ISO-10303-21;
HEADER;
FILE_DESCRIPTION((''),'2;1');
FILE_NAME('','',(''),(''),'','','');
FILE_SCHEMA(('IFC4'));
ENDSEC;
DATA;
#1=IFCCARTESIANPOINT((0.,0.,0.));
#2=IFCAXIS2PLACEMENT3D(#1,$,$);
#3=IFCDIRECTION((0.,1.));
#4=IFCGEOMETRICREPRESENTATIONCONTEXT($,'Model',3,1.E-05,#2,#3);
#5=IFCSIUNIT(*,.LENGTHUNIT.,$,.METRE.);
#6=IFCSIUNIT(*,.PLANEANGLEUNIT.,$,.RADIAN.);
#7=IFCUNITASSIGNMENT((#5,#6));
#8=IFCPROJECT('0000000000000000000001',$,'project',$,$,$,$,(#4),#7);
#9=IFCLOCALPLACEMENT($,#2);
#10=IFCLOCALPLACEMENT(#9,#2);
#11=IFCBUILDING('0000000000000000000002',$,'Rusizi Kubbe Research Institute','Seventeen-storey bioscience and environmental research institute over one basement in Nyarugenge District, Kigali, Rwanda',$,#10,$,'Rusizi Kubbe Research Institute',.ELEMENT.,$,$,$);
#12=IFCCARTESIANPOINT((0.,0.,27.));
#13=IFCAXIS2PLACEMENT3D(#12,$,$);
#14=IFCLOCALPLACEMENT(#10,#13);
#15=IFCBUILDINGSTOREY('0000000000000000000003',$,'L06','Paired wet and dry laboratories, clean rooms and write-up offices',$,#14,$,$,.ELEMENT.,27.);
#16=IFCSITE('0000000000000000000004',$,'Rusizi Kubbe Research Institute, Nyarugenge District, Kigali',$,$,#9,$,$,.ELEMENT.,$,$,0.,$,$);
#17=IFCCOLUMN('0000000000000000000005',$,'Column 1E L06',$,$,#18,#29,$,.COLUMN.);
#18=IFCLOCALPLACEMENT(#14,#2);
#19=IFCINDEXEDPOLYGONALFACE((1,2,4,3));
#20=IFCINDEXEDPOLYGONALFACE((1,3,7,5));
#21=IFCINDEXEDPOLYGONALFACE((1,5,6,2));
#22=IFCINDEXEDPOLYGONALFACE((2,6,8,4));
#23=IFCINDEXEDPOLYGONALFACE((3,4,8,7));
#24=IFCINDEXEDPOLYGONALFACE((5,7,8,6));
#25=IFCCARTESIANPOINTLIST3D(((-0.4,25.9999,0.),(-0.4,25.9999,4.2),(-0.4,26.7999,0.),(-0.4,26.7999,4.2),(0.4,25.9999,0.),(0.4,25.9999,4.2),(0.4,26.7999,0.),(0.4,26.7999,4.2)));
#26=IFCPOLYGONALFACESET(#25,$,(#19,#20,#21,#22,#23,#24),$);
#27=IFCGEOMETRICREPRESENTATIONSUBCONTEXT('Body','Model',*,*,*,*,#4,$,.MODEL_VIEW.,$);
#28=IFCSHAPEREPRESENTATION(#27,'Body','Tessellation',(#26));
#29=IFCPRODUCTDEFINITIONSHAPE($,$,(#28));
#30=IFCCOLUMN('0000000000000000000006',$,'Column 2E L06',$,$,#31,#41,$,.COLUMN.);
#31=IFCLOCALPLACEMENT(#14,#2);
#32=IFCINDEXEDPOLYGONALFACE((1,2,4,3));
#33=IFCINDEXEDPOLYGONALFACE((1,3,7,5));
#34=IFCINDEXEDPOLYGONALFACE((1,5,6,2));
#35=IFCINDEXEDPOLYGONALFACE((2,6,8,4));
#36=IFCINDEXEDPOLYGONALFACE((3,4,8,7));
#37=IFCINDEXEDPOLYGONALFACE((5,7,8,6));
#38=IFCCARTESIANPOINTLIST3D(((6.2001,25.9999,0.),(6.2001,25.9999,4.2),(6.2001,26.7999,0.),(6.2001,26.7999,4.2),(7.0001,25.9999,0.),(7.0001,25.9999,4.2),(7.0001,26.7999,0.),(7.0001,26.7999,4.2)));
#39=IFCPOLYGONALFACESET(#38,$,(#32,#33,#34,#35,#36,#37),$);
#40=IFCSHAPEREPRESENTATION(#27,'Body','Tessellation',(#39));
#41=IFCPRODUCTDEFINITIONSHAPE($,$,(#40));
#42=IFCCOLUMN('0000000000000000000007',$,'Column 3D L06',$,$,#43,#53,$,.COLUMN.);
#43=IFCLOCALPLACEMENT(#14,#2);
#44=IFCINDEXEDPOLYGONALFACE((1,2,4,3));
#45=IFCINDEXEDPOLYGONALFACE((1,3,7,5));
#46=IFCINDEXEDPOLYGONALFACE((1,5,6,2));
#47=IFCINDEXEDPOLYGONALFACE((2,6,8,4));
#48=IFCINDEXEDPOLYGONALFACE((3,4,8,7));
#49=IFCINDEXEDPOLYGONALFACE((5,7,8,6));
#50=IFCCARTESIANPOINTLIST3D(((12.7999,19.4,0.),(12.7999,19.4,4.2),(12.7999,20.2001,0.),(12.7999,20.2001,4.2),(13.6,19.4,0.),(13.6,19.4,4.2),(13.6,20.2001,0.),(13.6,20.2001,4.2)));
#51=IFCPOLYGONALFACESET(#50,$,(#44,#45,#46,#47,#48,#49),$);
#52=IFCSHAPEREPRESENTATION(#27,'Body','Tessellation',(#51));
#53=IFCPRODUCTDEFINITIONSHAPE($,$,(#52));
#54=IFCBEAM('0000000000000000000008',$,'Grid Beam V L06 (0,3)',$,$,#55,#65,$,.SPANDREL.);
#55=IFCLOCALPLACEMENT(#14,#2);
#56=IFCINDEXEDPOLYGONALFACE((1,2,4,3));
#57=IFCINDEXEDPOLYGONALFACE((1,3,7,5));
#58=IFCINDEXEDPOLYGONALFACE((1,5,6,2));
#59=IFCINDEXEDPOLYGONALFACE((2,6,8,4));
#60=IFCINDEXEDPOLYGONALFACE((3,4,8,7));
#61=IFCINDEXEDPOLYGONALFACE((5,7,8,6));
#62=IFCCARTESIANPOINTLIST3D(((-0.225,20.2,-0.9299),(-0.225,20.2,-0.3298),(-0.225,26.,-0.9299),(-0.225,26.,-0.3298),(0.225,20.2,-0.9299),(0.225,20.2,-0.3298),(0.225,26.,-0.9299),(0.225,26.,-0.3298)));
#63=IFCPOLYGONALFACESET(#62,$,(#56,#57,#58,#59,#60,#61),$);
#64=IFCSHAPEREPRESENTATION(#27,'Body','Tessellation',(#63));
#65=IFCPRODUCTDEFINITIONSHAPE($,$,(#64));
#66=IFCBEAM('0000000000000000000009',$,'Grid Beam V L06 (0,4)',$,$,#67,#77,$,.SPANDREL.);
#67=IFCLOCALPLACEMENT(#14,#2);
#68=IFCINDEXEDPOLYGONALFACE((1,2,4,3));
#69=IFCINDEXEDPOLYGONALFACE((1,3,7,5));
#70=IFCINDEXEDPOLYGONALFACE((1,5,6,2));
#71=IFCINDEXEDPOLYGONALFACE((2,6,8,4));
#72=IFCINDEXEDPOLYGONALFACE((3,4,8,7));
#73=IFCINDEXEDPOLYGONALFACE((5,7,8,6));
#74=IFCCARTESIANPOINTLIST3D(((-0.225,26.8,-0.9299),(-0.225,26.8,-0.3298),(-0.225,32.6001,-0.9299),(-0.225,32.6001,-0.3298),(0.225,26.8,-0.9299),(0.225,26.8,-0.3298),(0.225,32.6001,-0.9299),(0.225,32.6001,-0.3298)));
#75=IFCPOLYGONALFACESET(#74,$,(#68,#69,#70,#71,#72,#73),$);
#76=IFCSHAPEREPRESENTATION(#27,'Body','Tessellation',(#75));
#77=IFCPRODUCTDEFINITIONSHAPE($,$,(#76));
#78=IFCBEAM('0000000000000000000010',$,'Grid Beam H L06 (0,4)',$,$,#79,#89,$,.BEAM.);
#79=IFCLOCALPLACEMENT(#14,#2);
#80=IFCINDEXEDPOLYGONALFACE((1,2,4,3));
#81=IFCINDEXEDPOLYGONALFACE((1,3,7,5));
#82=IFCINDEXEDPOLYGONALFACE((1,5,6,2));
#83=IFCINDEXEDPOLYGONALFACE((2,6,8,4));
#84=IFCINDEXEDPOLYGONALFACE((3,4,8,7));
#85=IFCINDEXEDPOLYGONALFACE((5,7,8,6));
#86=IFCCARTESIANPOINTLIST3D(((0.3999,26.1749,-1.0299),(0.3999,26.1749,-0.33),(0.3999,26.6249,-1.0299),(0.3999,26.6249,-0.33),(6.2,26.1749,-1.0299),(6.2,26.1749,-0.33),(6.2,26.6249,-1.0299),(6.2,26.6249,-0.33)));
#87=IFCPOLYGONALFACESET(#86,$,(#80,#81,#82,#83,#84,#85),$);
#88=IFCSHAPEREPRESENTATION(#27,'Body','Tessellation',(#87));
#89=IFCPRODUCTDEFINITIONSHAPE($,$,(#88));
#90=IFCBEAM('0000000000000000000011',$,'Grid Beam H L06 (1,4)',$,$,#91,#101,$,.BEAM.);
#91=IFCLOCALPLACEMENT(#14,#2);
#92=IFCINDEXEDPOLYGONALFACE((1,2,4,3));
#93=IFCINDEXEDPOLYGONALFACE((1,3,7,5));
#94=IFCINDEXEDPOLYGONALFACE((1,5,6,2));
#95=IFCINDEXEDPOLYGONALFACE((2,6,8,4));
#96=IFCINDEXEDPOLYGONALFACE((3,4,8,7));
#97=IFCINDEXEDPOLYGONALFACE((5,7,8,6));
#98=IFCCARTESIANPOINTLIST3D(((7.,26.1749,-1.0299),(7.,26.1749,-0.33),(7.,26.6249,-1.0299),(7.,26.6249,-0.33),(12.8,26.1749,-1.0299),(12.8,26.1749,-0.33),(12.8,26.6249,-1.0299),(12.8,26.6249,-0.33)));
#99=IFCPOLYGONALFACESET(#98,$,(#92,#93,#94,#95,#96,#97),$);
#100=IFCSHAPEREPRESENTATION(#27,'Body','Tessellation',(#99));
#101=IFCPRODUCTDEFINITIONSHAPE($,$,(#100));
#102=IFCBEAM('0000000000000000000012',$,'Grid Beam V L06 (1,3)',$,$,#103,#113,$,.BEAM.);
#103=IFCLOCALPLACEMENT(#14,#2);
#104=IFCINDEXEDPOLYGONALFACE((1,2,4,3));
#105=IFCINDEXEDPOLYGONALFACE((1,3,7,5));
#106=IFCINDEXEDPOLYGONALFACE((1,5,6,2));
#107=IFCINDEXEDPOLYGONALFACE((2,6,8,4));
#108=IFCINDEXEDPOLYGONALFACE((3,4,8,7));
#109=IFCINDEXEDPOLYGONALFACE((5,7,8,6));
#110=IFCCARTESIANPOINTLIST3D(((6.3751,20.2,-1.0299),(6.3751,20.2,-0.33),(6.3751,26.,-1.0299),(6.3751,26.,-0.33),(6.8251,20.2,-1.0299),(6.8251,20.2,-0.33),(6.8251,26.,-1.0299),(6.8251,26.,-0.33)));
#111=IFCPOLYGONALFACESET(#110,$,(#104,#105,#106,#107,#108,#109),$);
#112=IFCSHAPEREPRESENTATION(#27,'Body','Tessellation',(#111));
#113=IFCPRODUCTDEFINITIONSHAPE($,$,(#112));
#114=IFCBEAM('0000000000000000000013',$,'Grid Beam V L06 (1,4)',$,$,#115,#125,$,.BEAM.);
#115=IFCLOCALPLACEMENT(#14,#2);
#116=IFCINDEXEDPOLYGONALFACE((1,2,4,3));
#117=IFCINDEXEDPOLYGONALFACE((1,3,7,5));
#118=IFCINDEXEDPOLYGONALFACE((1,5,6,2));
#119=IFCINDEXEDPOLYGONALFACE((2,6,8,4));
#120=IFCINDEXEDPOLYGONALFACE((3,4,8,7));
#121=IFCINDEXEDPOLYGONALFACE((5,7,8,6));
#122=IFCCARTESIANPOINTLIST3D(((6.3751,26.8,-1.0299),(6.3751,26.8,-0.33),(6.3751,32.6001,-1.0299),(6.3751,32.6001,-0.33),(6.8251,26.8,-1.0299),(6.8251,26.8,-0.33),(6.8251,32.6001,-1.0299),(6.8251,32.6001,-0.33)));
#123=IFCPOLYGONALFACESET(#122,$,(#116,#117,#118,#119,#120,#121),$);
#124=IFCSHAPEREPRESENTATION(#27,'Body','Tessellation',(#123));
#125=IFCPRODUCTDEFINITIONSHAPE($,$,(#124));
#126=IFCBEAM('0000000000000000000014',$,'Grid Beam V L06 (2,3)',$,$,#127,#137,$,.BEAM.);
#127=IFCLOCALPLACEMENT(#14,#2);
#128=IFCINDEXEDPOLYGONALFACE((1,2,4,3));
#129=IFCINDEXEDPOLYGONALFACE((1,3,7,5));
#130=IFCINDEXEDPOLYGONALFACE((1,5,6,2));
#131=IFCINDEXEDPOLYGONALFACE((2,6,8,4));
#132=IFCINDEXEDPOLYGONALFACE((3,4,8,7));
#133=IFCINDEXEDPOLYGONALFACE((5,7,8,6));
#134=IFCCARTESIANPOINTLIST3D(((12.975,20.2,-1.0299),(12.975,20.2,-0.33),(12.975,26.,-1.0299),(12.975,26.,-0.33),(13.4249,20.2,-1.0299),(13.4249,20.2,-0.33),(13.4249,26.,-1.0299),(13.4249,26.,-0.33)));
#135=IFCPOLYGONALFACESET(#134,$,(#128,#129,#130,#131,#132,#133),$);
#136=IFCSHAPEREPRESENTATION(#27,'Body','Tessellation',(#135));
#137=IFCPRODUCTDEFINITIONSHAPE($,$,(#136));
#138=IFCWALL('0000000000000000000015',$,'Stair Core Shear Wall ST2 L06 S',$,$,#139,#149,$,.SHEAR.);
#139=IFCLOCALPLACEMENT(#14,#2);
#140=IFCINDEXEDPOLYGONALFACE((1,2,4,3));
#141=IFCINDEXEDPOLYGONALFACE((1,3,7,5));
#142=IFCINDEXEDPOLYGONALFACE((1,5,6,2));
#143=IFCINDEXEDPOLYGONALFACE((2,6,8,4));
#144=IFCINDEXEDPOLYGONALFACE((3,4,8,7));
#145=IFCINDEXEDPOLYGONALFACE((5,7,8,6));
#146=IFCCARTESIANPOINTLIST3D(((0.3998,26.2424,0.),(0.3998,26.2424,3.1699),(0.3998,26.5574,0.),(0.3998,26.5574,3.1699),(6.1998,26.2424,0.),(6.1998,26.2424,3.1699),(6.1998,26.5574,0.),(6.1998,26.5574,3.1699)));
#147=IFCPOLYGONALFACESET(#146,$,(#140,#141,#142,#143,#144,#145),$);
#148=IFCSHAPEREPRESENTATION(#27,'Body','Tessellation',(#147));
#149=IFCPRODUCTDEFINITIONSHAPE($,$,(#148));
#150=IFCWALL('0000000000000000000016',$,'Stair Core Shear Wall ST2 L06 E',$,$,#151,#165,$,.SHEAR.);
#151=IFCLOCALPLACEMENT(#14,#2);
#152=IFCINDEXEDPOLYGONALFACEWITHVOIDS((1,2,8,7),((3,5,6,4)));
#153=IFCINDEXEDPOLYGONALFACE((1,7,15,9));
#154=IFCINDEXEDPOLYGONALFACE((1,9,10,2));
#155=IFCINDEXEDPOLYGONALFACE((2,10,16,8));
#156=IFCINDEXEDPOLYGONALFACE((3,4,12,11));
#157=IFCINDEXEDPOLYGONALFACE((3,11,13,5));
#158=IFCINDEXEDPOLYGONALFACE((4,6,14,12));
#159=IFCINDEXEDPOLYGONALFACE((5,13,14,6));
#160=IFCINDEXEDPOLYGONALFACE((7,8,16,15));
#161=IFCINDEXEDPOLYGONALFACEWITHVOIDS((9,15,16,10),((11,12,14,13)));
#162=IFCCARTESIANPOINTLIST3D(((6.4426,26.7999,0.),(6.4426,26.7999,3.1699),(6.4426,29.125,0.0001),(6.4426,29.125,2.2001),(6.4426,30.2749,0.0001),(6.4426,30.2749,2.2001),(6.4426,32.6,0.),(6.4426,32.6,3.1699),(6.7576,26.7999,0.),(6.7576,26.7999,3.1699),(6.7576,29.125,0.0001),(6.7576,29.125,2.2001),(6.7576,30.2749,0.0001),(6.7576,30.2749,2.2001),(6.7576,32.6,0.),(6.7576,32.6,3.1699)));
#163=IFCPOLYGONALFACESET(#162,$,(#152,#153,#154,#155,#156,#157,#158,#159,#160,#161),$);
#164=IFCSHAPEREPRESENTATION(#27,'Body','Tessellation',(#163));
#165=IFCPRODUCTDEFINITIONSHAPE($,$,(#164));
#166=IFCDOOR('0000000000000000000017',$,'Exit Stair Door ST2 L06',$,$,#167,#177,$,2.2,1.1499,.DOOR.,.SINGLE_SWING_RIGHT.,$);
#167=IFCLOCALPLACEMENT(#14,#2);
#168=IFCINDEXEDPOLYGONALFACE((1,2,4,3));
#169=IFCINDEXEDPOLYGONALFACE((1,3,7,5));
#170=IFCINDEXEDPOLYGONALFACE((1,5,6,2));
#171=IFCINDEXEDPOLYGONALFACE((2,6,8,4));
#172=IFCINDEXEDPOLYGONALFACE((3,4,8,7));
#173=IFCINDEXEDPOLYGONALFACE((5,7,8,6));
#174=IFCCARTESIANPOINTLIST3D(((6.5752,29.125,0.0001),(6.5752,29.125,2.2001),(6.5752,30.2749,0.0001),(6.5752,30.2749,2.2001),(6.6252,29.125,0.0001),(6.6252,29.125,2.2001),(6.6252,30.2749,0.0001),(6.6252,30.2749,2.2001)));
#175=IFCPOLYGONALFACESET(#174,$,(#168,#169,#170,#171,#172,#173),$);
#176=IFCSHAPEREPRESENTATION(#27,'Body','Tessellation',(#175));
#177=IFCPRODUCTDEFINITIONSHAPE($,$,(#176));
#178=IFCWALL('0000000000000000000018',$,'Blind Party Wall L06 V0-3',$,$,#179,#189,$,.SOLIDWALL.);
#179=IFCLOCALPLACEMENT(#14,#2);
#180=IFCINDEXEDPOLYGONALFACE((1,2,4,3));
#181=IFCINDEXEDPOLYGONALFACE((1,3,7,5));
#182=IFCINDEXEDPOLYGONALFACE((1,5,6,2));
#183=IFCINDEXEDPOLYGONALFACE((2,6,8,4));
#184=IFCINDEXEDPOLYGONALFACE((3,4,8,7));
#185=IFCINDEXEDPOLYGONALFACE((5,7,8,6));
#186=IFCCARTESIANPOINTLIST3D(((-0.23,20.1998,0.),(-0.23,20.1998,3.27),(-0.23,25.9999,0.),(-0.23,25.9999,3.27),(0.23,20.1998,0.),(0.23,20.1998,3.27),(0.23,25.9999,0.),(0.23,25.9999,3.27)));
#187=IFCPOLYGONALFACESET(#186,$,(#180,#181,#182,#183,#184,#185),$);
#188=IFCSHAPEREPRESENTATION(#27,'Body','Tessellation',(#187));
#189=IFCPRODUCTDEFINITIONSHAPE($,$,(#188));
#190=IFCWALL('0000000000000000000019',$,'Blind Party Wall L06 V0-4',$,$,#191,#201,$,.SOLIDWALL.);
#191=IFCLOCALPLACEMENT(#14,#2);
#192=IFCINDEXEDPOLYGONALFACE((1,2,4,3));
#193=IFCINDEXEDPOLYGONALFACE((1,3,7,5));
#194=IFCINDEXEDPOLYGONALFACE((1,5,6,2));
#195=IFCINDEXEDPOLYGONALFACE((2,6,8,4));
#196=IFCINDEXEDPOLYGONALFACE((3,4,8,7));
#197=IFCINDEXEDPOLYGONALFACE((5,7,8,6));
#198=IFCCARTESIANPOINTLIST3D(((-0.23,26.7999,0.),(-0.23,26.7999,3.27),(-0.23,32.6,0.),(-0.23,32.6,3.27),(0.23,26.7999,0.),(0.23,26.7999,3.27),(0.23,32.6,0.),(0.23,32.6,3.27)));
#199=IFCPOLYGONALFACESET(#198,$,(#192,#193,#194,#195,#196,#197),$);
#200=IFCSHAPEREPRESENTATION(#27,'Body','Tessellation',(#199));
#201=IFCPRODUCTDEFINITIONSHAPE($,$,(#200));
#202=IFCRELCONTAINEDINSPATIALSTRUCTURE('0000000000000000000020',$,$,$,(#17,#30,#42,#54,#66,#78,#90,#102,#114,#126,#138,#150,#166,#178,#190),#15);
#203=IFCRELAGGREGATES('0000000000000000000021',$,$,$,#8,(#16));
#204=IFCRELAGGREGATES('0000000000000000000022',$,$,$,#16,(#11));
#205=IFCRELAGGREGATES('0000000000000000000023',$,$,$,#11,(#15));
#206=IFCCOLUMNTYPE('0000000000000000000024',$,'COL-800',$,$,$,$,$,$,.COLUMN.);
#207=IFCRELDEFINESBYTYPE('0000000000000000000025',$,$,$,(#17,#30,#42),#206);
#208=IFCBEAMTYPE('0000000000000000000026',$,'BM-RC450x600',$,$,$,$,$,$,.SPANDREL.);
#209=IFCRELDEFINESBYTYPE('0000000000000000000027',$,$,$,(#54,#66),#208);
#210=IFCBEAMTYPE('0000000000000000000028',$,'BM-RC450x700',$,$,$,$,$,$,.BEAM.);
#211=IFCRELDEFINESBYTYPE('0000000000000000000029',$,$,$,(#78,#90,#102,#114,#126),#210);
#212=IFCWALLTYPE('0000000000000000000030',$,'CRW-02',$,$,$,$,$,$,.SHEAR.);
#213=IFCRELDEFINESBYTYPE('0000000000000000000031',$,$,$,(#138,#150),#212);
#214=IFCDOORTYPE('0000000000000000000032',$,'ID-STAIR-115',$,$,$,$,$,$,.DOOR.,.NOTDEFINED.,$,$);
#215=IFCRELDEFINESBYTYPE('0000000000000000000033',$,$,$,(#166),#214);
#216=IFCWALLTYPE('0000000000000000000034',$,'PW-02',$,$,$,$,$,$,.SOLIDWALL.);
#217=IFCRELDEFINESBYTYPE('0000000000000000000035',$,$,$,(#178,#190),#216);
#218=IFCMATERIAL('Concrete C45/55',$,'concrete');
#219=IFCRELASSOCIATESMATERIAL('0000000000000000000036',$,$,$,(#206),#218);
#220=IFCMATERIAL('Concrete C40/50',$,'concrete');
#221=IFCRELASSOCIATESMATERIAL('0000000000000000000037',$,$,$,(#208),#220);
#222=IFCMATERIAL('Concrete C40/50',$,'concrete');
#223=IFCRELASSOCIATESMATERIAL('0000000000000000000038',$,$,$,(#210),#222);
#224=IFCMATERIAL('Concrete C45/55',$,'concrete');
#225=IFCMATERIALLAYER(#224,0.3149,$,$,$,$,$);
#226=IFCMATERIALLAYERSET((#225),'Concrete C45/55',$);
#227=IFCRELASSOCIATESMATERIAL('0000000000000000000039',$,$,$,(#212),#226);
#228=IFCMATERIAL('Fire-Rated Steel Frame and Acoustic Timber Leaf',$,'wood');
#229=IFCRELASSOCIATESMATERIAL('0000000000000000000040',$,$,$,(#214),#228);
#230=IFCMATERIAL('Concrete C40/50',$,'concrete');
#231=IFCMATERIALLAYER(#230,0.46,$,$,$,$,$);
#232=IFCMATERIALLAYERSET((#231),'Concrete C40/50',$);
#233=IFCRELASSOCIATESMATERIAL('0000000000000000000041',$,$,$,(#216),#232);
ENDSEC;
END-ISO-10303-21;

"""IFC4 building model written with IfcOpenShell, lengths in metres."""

from ifc_helpers import new_model, si_unit, direction, frame, frame_2d, origin, origin_2d, place, context, subcontext, project, spatial, rectangle, extrude, material, layer, layer_set, material_profile, profile_set, type_object, element, fill, save


model = new_model("IFC4")

# Units and contexts
model_context = context("Model", 3, precision=1e-05, world=origin(), true_north=direction((0.0, 1.0)))
body_context = subcontext(model_context, "Body", "Model", "MODEL_VIEW")
ifc_project = project(units=[si_unit("LENGTHUNIT", "METRE"), si_unit("PLANEANGLEUNIT", "RADIAN")], contexts=[model_context])

# Site, building, storey
site_placement = place(None, origin())
site = spatial("IfcSite", under=ifc_project, at=site_placement, Name="Rusizi Kubbe Research Institute, Nyarugenge District, Kigali", CompositionType="ELEMENT", RefElevation=0.0)
building_placement = place(site_placement, origin())
building = spatial("IfcBuilding", under=site, at=building_placement, Name="Rusizi Kubbe Research Institute", Description="Seventeen-storey bioscience and environmental research institute over one basement in Nyarugenge District, Kigali, Rwanda", LongName="Rusizi Kubbe Research Institute", CompositionType="ELEMENT")
storey_placement = place(building_placement, frame((0.0, 0.0, 27.0)))
storey = spatial("IfcBuildingStorey", under=building, at=storey_placement, Name="L06", Description="Paired wet and dry laboratories, clean rooms and write-up offices", CompositionType="ELEMENT", Elevation=27.0)

# Columns
ifc_material_1 = material(Name="Concrete C45/55", Category="concrete")
ifc_material_profile_1 = material_profile(ifc_material_1, rectangle(XDim=0.8, YDim=0.8, at=origin_2d()), Name="RC800x800")
ifc_profile_set_1 = profile_set([ifc_material_profile_1], Name="Concrete C45/55")
column_type = type_object("IfcColumnType", Name="COL-800", PredefinedType="COLUMN", material=ifc_profile_set_1)
for number, where, z_axis, x_axis, name in (
    (1, (0.0, 26.3999, 0.0), (0.0, 0.0, 1.0), (1.0, 0.0, 0.0), "Column 1E L06"),
    (2, (6.6001, 26.3999, 0.0), (0.0, 0.0, 1.0), (1.0, 0.0, 0.0), "Column 2E L06"),
    (3, (13.2, 19.8, 0.0), (0.0, 0.0, 1.0), (1.0, 0.0, 0.0), "Column 3D L06"),
):
    element("IfcColumn", number, at=place(storey_placement, frame(where, z_axis=z_axis, x_axis=x_axis)), inside=storey, type_object=column_type, Name=name, PredefinedType="COLUMN", context=body_context, shape_type="SweptSolid", body=[
        extrude(rectangle(XDim=0.8, YDim=0.8, at=origin_2d()), origin(), (0.0, 0.0, 1.0), 4.2),
    ])

# Beams
ifc_material_2 = material(Name="Concrete C40/50", Category="concrete")
ifc_material_profile_2 = material_profile(ifc_material_2, rectangle(XDim=0.45, YDim=0.6001, at=origin_2d()), Name="RC450x600")
ifc_profile_set_2 = profile_set([ifc_material_profile_2], Name="Concrete C40/50")
beam_type_1 = type_object("IfcBeamType", Name="BM-RC450x600", PredefinedType="SPANDREL", material=ifc_profile_set_2)
for number, where, z_axis, x_axis, name in (
    (4, (0.0, 20.2, -0.6299), (0.0, 1.0, 0.0), (-1.0, 0.0, 0.0), "Grid Beam V L06 (0,3)"),
    (5, (0.0, 26.8, -0.6299), (0.0, 1.0, 0.0), (-1.0, 0.0, 0.0), "Grid Beam V L06 (0,4)"),
):
    element("IfcBeam", number, at=place(storey_placement, frame(where, z_axis=z_axis, x_axis=x_axis)), inside=storey, type_object=beam_type_1, Name=name, PredefinedType="SPANDREL", context=body_context, shape_type="SweptSolid", body=[
        extrude(rectangle(XDim=0.45, YDim=0.6001, at=origin_2d()), origin(), (0.0, 0.0, 1.0), 5.8),
    ])
ifc_material_3 = material(Name="Concrete C40/50", Category="concrete")
ifc_material_profile_3 = material_profile(ifc_material_3, rectangle(XDim=0.45, YDim=0.7, at=origin_2d()), Name="RC450x700B")
ifc_profile_set_3 = profile_set([ifc_material_profile_3], Name="Concrete C40/50")
beam_type_2 = type_object("IfcBeamType", Name="BM-RC450x700", PredefinedType="BEAM", material=ifc_profile_set_3)
for number, where, z_axis, x_axis, name in (
    (6, (0.3999, 26.3999, -0.6799), (1.0, 0.0, 0.0), (0.0, 1.0, 0.0), "Grid Beam H L06 (0,4)"),
    (7, (7.0, 26.3999, -0.6799), (1.0, 0.0, 0.0), (0.0, 1.0, 0.0), "Grid Beam H L06 (1,4)"),
    (8, (6.6001, 20.2, -0.6799), (0.0, 1.0, 0.0), (-1.0, 0.0, 0.0), "Grid Beam V L06 (1,3)"),
    (9, (6.6001, 26.8, -0.6799), (0.0, 1.0, 0.0), (-1.0, 0.0, 0.0), "Grid Beam V L06 (1,4)"),
    (10, (13.2, 20.2, -0.6799), (0.0, 1.0, 0.0), (-1.0, 0.0, 0.0), "Grid Beam V L06 (2,3)"),
):
    element("IfcBeam", number, at=place(storey_placement, frame(where, z_axis=z_axis, x_axis=x_axis)), inside=storey, type_object=beam_type_2, Name=name, PredefinedType="BEAM", context=body_context, shape_type="SweptSolid", body=[
        extrude(rectangle(XDim=0.45, YDim=0.7, at=origin_2d()), origin(), (0.0, 0.0, 1.0), 5.8),
    ])

# Wall
ifc_material_4 = material(Name="Concrete C45/55", Category="concrete")
ifc_layer_1 = layer(ifc_material_4, 0.3149)
ifc_layer_set_1 = layer_set([ifc_layer_1], Name="Concrete C45/55")
wall_type_1 = type_object("IfcWallType", Name="CRW-02", PredefinedType="SHEAR", material=ifc_layer_set_1)
wall_1_placement = place(storey_placement, frame((0.3999, 26.3999, 0.0), z_axis=(0.0, 0.0, 1.0), x_axis=(1.0, 0.0, 0.0)))
element("IfcWall", 11, at=wall_1_placement, inside=storey, type_object=wall_type_1, Name="Stair Core Shear Wall ST2 L06 S", PredefinedType="SHEAR", context=body_context, shape_type="SweptSolid", body=[
    extrude(rectangle(XDim=5.8, YDim=0.3149, at=frame_2d((2.8999, 0.0))), origin(), (0.0, 0.0, 1.0), 3.1699),
])

# Wall, opening, door
wall_2_placement = place(storey_placement, frame((6.6001, 26.8, 0.0), z_axis=(0.0, 0.0, 1.0), x_axis=(0.0, 1.0, 0.0)))
wall_2 = element("IfcWall", 12, at=wall_2_placement, inside=storey, type_object=wall_type_1, Name="Stair Core Shear Wall ST2 L06 E", PredefinedType="SHEAR", context=body_context, shape_type="SweptSolid", body=[
    extrude(rectangle(XDim=5.8, YDim=0.3149, at=frame_2d((2.8999, 0.0))), origin(), (0.0, 0.0, 1.0), 3.1699),
])
opening_1_placement = place(wall_2_placement, frame((2.325, 0.0, 0.0)))
opening_1 = element("IfcOpeningElement", 13, at=opening_1_placement, cuts=wall_2, PredefinedType="OPENING", context=body_context, shape_type="SweptSolid", body=[
    extrude(rectangle(XDim=1.1499, YDim=2.2, at=frame_2d((0.575, 1.1001))), frame((0.0, 0.1675, 0.0), z_axis=(0.0, -1.0, 0.0), x_axis=(1.0, 0.0, 0.0)), (0.0, 0.0, 1.0), 0.335),
])
ifc_material_5 = material(Name="Fire-Rated Steel Frame and Acoustic Timber Leaf", Category="wood")
door_type_1 = type_object("IfcDoorType", Name="ID-STAIR-115", OperationType="NOTDEFINED", PredefinedType="DOOR", material=ifc_material_5)
door_1_placement = place(opening_1_placement, origin())
door_1 = element("IfcDoor", 14, at=door_1_placement, inside=storey, type_object=door_type_1, Name="Exit Stair Door ST2 L06", OperationType="SINGLE_SWING_RIGHT", OverallHeight=2.2, OverallWidth=1.1499, PredefinedType="DOOR", context=body_context, shape_type="SweptSolid", body=[
    extrude(rectangle(XDim=1.1499, YDim=2.2, at=frame_2d((0.575, 1.1001))), frame((0.0, 0.0249, 0.0), z_axis=(0.0, -1.0, 0.0), x_axis=(1.0, 0.0, 0.0)), (0.0, 0.0, 1.0), 0.05),
])
fill(opening_1, door_1)

# Walls
ifc_material_6 = material(Name="Concrete C40/50", Category="concrete")
ifc_layer_2 = layer(ifc_material_6, 0.46)
ifc_layer_set_2 = layer_set([ifc_layer_2], Name="Concrete C40/50")
wall_type_2 = type_object("IfcWallType", Name="PW-02", PredefinedType="SOLIDWALL", material=ifc_layer_set_2)
for number, where, z_axis, x_axis, name in (
    (15, (0.0, 20.2, 0.0), (0.0, 0.0, 1.0), (0.0, 1.0, 0.0), "Blind Party Wall L06 V0-3"),
    (16, (0.0, 26.8, 0.0), (0.0, 0.0, 1.0), (0.0, 1.0, 0.0), "Blind Party Wall L06 V0-4"),
):
    element("IfcWall", number, at=place(storey_placement, frame(where, z_axis=z_axis, x_axis=x_axis)), inside=storey, type_object=wall_type_2, Name=name, PredefinedType="SOLIDWALL", context=body_context, shape_type="SweptSolid", body=[
        extrude(rectangle(XDim=5.8, YDim=0.46, at=frame_2d((2.8999, 0.0))), origin(), (0.0, 0.0, 1.0), 3.27),
    ])

save(model, "model.ifc")
